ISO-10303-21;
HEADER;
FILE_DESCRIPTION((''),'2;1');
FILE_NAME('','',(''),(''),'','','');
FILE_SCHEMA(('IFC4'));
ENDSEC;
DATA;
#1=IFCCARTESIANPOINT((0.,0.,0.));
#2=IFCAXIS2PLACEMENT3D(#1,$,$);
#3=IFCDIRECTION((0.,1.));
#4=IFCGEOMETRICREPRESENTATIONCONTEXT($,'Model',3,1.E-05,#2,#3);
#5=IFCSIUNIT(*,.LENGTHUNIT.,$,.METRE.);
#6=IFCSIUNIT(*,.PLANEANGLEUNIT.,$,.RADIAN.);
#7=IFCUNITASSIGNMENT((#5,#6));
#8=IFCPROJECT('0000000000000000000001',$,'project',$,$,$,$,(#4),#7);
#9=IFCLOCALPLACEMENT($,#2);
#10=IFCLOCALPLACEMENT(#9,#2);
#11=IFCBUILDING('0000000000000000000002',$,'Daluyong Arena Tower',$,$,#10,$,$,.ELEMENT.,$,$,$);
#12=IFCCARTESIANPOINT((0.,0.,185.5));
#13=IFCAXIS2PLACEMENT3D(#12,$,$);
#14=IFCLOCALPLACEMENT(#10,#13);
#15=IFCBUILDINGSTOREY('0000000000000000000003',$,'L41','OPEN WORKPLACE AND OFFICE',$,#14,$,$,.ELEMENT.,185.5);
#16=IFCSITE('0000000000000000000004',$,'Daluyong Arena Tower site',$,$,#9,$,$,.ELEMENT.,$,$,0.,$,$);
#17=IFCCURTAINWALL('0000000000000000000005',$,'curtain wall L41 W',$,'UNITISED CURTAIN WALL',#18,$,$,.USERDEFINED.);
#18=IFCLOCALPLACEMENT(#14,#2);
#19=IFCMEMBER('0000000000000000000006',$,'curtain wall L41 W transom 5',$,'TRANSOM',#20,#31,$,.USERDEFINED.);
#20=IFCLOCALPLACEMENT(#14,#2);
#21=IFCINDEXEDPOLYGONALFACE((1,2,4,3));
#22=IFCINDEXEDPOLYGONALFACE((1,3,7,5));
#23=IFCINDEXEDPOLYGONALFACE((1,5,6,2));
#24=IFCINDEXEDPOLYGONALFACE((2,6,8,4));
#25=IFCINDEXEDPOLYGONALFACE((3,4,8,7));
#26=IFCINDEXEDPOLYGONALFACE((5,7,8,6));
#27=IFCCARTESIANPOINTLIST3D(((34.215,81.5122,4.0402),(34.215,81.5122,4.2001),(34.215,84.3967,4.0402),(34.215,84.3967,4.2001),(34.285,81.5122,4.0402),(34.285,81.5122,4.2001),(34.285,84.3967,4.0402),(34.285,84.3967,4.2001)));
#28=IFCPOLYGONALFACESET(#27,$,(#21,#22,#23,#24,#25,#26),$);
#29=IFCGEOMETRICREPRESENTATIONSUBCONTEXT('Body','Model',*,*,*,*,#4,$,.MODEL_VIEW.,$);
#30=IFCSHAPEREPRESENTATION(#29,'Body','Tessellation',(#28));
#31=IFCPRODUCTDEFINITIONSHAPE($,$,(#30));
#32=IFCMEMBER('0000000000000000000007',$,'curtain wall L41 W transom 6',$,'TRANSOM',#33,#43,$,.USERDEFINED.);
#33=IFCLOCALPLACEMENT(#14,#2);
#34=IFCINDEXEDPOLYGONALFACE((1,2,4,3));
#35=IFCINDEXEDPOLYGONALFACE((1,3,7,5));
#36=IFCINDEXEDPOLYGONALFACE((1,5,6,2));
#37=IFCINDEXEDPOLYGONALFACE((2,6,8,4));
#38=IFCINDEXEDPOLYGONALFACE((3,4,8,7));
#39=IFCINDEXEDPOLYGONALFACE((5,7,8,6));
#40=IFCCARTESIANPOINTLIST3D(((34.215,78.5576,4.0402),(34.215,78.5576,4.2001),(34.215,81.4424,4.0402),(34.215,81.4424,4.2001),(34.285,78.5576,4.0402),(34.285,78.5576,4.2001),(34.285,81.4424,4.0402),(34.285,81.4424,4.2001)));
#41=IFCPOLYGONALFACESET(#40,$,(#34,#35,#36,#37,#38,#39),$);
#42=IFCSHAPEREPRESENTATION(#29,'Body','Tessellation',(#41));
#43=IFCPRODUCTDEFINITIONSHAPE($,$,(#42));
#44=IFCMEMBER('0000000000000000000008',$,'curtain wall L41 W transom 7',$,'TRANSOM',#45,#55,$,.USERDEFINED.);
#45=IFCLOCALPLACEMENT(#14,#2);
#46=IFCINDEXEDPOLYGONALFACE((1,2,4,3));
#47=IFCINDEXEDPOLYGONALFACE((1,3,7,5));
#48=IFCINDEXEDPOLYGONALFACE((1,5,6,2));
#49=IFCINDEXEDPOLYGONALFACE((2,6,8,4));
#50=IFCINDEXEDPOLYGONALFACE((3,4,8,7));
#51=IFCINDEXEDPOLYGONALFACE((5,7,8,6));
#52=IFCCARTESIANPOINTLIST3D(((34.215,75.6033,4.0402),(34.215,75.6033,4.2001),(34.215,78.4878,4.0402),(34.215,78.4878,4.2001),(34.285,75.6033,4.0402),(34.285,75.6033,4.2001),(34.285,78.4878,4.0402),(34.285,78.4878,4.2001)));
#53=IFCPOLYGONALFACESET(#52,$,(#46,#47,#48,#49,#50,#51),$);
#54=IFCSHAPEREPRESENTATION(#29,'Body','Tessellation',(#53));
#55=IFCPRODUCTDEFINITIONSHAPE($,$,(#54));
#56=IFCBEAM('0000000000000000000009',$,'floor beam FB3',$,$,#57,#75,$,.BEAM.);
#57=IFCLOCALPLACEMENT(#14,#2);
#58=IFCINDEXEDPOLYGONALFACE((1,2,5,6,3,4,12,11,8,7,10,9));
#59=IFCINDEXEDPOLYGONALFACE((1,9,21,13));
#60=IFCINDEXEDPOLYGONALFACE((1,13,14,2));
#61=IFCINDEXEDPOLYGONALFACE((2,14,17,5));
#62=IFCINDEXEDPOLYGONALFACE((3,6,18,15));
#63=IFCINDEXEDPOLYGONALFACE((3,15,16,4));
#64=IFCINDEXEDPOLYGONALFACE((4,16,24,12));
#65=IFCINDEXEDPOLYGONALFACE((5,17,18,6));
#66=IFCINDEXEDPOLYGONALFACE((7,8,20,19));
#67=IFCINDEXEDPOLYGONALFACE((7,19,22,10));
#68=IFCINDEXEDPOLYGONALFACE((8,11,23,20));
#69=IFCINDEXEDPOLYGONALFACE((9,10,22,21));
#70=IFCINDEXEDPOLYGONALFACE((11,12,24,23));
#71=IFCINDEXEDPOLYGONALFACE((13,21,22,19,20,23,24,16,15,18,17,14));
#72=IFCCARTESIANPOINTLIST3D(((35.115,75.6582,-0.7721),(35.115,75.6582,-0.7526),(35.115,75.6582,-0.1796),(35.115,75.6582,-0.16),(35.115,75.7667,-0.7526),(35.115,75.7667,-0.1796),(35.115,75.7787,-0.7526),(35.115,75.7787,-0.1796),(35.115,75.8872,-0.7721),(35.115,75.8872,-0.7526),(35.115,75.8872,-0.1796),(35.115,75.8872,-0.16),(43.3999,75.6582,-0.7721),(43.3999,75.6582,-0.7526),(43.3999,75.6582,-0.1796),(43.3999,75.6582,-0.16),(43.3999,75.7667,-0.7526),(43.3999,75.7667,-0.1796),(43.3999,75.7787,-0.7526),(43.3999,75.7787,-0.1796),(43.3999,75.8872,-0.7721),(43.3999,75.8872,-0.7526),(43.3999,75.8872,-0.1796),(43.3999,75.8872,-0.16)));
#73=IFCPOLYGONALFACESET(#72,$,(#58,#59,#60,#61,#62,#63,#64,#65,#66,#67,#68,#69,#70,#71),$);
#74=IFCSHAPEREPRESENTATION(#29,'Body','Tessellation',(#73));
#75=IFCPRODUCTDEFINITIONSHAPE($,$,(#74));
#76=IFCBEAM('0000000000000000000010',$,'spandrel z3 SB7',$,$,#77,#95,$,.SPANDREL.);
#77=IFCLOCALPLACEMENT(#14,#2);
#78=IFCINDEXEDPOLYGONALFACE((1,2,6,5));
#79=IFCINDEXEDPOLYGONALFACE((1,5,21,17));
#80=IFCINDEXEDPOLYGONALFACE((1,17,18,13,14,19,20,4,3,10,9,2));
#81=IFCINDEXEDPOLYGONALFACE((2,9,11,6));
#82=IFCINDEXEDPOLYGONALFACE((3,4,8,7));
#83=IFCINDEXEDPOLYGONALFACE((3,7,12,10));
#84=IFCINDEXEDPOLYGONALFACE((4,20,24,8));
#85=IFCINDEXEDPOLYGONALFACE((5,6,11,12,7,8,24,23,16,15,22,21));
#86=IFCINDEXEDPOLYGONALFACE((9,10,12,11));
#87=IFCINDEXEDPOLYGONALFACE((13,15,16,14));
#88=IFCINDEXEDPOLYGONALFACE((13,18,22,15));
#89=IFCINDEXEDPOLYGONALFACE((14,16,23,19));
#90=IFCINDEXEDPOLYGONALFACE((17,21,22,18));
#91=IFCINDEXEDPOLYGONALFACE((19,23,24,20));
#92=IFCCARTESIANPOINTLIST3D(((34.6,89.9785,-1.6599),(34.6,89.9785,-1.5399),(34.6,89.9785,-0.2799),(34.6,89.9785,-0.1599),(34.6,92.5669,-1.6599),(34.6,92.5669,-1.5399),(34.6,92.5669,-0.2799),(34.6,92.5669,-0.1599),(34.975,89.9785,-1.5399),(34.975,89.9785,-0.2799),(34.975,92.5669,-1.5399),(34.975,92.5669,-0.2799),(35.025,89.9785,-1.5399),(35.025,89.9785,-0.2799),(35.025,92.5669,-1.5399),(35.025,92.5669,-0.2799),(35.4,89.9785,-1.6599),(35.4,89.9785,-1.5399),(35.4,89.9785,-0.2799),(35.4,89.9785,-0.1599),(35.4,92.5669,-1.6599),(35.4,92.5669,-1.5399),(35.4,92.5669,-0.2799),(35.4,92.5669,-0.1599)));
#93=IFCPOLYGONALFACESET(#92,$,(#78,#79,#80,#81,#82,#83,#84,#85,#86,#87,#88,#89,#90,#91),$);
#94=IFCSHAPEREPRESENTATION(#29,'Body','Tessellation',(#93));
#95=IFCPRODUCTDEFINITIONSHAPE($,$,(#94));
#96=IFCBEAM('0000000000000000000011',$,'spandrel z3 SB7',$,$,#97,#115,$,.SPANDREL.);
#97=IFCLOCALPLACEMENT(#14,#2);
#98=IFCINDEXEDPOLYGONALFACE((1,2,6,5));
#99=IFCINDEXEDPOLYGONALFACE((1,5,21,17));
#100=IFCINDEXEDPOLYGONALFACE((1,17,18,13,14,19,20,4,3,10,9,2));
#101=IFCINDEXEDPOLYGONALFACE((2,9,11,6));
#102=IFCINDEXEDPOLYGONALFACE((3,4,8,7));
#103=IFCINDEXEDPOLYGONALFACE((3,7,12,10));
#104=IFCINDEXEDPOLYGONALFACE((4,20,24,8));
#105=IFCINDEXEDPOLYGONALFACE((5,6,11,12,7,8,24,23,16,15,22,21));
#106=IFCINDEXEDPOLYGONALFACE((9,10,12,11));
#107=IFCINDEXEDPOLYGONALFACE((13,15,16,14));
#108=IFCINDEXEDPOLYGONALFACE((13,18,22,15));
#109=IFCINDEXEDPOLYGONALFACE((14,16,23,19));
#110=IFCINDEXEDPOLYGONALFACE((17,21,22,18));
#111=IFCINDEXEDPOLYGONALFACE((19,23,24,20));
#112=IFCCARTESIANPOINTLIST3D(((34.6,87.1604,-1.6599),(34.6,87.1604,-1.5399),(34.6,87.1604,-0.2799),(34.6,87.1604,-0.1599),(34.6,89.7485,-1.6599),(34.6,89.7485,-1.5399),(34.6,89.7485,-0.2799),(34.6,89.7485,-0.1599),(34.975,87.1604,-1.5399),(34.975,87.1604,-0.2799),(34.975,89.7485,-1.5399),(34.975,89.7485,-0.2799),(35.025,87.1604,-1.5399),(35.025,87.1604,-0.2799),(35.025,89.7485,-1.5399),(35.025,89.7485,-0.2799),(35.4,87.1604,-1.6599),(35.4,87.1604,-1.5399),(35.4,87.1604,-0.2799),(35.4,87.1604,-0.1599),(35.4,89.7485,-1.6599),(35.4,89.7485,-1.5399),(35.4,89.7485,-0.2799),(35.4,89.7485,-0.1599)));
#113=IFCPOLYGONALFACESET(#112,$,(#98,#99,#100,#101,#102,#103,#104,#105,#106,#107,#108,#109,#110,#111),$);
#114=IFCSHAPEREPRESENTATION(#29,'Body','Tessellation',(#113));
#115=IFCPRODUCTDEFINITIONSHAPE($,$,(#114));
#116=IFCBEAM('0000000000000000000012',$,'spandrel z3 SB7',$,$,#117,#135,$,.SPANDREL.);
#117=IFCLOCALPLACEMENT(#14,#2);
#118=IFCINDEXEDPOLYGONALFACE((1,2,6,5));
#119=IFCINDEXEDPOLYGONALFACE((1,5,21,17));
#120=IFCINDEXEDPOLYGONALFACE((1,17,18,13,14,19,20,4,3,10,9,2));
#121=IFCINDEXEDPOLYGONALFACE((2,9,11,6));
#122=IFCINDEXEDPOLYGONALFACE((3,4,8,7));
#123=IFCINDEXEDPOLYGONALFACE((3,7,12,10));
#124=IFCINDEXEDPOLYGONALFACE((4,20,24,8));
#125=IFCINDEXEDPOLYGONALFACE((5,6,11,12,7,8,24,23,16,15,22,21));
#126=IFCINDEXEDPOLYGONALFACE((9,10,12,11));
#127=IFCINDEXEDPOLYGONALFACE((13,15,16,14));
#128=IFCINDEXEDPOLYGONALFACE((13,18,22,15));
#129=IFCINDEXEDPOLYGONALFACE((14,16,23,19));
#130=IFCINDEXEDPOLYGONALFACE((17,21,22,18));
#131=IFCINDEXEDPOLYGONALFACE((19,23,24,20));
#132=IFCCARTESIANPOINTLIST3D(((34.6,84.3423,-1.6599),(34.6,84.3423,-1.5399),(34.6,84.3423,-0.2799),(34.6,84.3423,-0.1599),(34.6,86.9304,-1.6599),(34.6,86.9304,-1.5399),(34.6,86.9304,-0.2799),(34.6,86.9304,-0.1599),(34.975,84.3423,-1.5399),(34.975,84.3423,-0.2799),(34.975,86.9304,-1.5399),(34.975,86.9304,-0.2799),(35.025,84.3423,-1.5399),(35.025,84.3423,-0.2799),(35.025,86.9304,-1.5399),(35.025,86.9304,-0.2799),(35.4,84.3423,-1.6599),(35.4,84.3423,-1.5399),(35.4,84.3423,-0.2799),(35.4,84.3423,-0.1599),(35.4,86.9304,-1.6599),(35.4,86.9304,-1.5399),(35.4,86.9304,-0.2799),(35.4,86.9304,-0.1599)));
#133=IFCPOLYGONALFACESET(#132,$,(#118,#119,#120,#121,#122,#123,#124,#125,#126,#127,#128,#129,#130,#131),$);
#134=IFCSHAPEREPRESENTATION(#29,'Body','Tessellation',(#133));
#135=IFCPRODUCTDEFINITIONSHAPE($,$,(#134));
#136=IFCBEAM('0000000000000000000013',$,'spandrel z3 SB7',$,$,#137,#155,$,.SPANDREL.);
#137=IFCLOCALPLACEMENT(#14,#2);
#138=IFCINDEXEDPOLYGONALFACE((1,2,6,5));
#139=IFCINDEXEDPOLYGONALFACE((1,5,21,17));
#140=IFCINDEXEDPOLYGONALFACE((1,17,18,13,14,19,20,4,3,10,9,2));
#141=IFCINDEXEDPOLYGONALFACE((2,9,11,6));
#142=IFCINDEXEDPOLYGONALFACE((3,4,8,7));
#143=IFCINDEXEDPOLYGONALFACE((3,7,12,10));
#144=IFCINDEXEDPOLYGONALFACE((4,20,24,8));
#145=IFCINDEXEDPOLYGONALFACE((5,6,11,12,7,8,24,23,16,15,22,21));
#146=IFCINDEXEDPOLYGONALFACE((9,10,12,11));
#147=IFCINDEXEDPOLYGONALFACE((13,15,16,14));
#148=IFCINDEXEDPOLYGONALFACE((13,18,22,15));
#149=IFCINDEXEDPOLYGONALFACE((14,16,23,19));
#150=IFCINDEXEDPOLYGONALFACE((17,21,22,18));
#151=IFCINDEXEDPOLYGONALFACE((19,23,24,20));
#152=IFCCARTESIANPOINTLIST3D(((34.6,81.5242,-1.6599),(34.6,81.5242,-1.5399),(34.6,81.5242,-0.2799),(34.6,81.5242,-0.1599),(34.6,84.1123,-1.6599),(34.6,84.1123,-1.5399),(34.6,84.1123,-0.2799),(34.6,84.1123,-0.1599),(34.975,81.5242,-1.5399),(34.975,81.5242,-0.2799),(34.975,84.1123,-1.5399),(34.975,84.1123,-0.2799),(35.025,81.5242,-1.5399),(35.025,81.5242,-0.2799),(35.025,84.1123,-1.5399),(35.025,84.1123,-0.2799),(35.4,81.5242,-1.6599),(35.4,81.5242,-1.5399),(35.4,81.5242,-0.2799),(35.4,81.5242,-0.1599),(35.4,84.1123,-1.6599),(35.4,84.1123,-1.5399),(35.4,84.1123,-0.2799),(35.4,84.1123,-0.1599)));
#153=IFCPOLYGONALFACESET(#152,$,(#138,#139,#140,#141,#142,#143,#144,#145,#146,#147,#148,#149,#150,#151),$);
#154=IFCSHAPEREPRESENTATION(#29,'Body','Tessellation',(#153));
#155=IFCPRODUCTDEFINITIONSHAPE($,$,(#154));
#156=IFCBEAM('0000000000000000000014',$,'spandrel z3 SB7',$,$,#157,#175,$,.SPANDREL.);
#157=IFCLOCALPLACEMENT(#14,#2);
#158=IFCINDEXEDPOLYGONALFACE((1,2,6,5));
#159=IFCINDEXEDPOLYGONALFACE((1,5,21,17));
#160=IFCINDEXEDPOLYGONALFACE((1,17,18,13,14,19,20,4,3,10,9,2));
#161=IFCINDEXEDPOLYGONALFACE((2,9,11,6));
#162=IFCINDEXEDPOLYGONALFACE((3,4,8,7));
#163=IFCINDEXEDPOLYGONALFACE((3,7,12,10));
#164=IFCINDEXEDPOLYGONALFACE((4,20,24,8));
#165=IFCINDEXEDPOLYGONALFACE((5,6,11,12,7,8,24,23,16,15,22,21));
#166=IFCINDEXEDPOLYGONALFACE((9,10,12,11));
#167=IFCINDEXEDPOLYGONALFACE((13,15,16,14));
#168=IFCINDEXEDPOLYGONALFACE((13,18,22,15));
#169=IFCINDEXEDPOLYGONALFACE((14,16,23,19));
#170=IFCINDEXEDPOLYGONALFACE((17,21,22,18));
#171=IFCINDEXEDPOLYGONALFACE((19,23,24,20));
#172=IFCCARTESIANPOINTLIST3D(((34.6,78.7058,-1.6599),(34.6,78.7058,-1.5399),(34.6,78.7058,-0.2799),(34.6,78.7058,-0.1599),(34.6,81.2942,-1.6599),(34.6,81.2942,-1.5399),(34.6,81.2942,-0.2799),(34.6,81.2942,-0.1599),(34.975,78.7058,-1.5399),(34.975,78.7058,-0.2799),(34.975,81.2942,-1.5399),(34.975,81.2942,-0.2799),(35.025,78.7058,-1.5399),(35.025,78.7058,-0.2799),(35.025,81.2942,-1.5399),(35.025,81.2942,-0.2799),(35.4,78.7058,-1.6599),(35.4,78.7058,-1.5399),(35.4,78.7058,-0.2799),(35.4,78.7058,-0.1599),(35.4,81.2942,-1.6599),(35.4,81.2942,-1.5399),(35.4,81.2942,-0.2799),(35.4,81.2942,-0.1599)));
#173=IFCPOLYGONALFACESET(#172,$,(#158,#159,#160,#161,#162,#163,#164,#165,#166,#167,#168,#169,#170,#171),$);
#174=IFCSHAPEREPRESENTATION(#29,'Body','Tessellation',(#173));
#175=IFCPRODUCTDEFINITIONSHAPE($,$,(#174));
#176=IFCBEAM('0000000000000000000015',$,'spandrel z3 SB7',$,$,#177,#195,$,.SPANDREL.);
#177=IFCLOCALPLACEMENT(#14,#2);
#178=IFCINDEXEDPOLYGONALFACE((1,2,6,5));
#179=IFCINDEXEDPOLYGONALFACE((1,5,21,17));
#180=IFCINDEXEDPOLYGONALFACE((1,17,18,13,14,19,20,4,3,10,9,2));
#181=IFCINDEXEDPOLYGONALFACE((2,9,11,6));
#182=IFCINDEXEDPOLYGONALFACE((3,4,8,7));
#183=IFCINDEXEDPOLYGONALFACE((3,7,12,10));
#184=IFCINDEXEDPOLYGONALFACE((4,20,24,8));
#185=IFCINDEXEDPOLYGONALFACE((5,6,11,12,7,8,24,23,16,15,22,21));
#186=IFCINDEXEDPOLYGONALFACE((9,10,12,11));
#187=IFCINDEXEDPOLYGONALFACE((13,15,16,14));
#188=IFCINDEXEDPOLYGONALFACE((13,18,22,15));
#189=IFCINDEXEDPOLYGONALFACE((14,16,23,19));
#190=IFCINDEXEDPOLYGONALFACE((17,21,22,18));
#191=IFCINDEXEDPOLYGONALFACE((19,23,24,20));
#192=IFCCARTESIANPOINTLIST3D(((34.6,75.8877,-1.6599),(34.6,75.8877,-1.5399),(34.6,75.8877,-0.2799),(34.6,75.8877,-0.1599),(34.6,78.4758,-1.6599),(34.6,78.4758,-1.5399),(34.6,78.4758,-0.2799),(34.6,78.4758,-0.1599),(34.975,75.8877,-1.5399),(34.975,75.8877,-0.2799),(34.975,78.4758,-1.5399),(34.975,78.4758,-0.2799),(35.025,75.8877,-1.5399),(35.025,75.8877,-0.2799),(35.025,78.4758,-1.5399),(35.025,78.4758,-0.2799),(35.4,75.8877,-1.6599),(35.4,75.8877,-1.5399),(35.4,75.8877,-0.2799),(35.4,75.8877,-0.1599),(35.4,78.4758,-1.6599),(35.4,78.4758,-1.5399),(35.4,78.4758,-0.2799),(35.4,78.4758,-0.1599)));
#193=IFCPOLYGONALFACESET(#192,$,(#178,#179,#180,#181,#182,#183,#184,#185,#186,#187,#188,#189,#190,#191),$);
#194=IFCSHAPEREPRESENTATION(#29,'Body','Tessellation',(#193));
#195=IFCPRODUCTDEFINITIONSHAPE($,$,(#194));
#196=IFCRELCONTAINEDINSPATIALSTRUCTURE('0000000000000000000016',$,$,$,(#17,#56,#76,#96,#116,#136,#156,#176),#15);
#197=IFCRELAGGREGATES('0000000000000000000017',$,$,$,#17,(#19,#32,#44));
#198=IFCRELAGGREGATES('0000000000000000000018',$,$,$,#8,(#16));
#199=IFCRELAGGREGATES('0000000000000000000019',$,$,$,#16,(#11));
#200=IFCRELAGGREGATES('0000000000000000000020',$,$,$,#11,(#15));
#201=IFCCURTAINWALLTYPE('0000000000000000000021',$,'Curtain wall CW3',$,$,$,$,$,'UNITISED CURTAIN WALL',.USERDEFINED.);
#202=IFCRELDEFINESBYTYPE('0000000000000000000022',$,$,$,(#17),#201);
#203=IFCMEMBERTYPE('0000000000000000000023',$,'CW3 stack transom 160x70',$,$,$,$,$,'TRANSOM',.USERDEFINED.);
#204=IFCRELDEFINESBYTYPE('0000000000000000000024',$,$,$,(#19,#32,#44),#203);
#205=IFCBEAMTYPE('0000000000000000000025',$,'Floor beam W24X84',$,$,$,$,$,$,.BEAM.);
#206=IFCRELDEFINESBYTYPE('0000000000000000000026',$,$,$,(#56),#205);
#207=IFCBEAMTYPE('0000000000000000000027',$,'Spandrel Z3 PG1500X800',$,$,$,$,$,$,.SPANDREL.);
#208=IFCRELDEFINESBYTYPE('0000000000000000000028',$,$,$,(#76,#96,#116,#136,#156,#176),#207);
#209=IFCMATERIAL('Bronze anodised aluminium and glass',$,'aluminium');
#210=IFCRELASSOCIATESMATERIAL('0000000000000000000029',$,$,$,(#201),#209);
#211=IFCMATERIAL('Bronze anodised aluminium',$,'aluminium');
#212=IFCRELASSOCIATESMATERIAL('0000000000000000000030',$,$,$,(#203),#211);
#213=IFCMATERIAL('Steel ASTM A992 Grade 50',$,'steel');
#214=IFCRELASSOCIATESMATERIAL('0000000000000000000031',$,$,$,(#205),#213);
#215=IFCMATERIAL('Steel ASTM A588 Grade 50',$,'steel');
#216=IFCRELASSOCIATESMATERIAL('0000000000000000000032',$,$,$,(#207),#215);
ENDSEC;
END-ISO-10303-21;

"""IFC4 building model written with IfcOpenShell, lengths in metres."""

from ifc_helpers import new_model, si_unit, direction, frame, origin, origin_2d, place, context, subcontext, project, spatial, rectangle, i_section, extrude, material, material_profile, profile_set, type_object, element, aggregate, save


model = new_model("IFC4")

# Units and contexts
model_context = context("Model", 3, precision=1e-05, world=origin(), true_north=direction((0.0, 1.0)))
body_context = subcontext(model_context, "Body", "Model", "MODEL_VIEW")
ifc_project = project(units=[si_unit("LENGTHUNIT", "METRE"), si_unit("PLANEANGLEUNIT", "RADIAN")], contexts=[model_context])

# Site, building, storey
site_placement = place(None, origin())
site = spatial("IfcSite", under=ifc_project, at=site_placement, Name="Daluyong Arena Tower site", CompositionType="ELEMENT", RefElevation=0.0)
building_placement = place(site_placement, origin())
building = spatial("IfcBuilding", under=site, at=building_placement, Name="Daluyong Arena Tower", CompositionType="ELEMENT")
storey_placement = place(building_placement, frame((0.0, 0.0, 185.5)))
storey = spatial("IfcBuildingStorey", under=building, at=storey_placement, Name="L41", Description="OPEN WORKPLACE AND OFFICE", CompositionType="ELEMENT", Elevation=185.5)

# Curtain wall, members
ifc_material_1 = material(Name="Bronze anodised aluminium and glass", Category="aluminium")
curtain_wall_type = type_object("IfcCurtainWallType", Name="Curtain wall CW3", ElementType="UNITISED CURTAIN WALL", PredefinedType="USERDEFINED", material=ifc_material_1)
curtain_wall_placement = place(storey_placement, origin())
curtain_wall = element("IfcCurtainWall", 1, at=curtain_wall_placement, inside=storey, type_object=curtain_wall_type, Name="curtain wall L41 W", ObjectType="UNITISED CURTAIN WALL", PredefinedType="USERDEFINED")
ifc_material_2 = material(Name="Bronze anodised aluminium", Category="aluminium")
ifc_material_profile_1 = material_profile(ifc_material_2, rectangle(XDim=0.0701, YDim=0.1599, at=origin_2d()))
ifc_profile_set_1 = profile_set([ifc_material_profile_1], Name="Bronze anodised aluminium")
member_type_1 = type_object("IfcMemberType", Name="CW3 stack transom 160x70", ElementType="TRANSOM", PredefinedType="USERDEFINED", material=ifc_profile_set_1)
member_1_placement = place(storey_placement, frame((34.25, 84.3967, 4.1201), z_axis=(0.0, -1.0, 0.0), x_axis=(1.0, 0.0, 0.0)))
member_1 = element("IfcMember", 2, at=member_1_placement, type_object=member_type_1, Name="curtain wall L41 W transom 5", ObjectType="TRANSOM", PredefinedType="USERDEFINED", context=body_context, shape_type="SweptSolid", body=[
    extrude(rectangle(XDim=0.0701, YDim=0.1599, at=origin_2d()), origin(), (0.0, 0.0, 1.0), 2.8845),
])
member_2_placement = place(storey_placement, frame((34.25, 81.4424, 4.1201), z_axis=(0.0, -1.0, 0.0), x_axis=(1.0, 0.0, 0.0)))
member_2 = element("IfcMember", 3, at=member_2_placement, type_object=member_type_1, Name="curtain wall L41 W transom 6", ObjectType="TRANSOM", PredefinedType="USERDEFINED", context=body_context, shape_type="SweptSolid", body=[
    extrude(rectangle(XDim=0.0701, YDim=0.1599, at=origin_2d()), origin(), (0.0, 0.0, 1.0), 2.8848),
])
member_3_placement = place(storey_placement, frame((34.25, 78.4878, 4.1201), z_axis=(0.0, -1.0, 0.0), x_axis=(1.0, 0.0, 0.0)))
member_3 = element("IfcMember", 4, at=member_3_placement, type_object=member_type_1, Name="curtain wall L41 W transom 7", ObjectType="TRANSOM", PredefinedType="USERDEFINED", context=body_context, shape_type="SweptSolid", body=[
    extrude(rectangle(XDim=0.0701, YDim=0.1599, at=origin_2d()), origin(), (0.0, 0.0, 1.0), 2.8845),
])

# Beams
ifc_material_3 = material(Name="Steel ASTM A992 Grade 50", Category="steel")
ifc_material_profile_2 = material_profile(ifc_material_3, i_section(OverallWidth=0.229, OverallDepth=0.6121, WebThickness=0.012, FlangeThickness=0.0195, at=origin_2d()))
ifc_profile_set_2 = profile_set([ifc_material_profile_2], Name="Steel ASTM A992 Grade 50")
beam_type_1 = type_object("IfcBeamType", Name="Floor beam W24X84", PredefinedType="BEAM", material=ifc_profile_set_2)
beam_1_placement = place(storey_placement, frame((35.115, 75.7727, -0.4661), z_axis=(1.0, 0.0, 0.0), x_axis=(0.0, 1.0, 0.0)))
element("IfcBeam", 5, at=beam_1_placement, inside=storey, type_object=beam_type_1, Name="floor beam FB3", PredefinedType="BEAM", context=body_context, shape_type="SweptSolid", body=[
    extrude(i_section(OverallWidth=0.229, OverallDepth=0.6121, WebThickness=0.012, FlangeThickness=0.0195, at=origin_2d()), origin(), (0.0, 0.0, 1.0), 8.2849),
])
ifc_material_4 = material(Name="Steel ASTM A588 Grade 50", Category="steel")
ifc_material_profile_3 = material_profile(ifc_material_4, i_section(OverallWidth=0.8, OverallDepth=1.5, WebThickness=0.05, FlangeThickness=0.12, at=origin_2d()))
ifc_profile_set_3 = profile_set([ifc_material_profile_3], Name="Steel ASTM A588 Grade 50")
beam_type_2 = type_object("IfcBeamType", Name="Spandrel Z3 PG1500X800", PredefinedType="SPANDREL", material=ifc_profile_set_3)
beam_2_placement = place(storey_placement, frame((35.0, 92.5669, -0.9099), z_axis=(0.0, -1.0, 0.0), x_axis=(1.0, 0.0, 0.0)))
element("IfcBeam", 6, at=beam_2_placement, inside=storey, type_object=beam_type_2, Name="spandrel z3 SB7", PredefinedType="SPANDREL", context=body_context, shape_type="SweptSolid", body=[
    extrude(i_section(OverallWidth=0.8, OverallDepth=1.5, WebThickness=0.05, FlangeThickness=0.12, at=origin_2d()), origin(), (0.0, 0.0, 1.0), 2.5884),
])
for number, where, z_axis, x_axis, name in (
    (7, (35.0, 89.7485, -0.9099), (0.0, -1.0, 0.0), (1.0, 0.0, 0.0), "spandrel z3 SB7"),
    (8, (35.0, 86.9304, -0.9099), (0.0, -1.0, 0.0), (1.0, 0.0, 0.0), "spandrel z3 SB7"),
    (9, (35.0, 84.1123, -0.9099), (0.0, -1.0, 0.0), (1.0, 0.0, 0.0), "spandrel z3 SB7"),
):
    element("IfcBeam", number, at=place(storey_placement, frame(where, z_axis=z_axis, x_axis=x_axis)), inside=storey, type_object=beam_type_2, Name=name, PredefinedType="SPANDREL", context=body_context, shape_type="SweptSolid", body=[
        extrude(i_section(OverallWidth=0.8, OverallDepth=1.5, WebThickness=0.05, FlangeThickness=0.12, at=origin_2d()), origin(), (0.0, 0.0, 1.0), 2.5881),
    ])
beam_3_placement = place(storey_placement, frame((35.0, 81.2942, -0.9099), z_axis=(0.0, -1.0, 0.0), x_axis=(1.0, 0.0, 0.0)))
element("IfcBeam", 10, at=beam_3_placement, inside=storey, type_object=beam_type_2, Name="spandrel z3 SB7", PredefinedType="SPANDREL", context=body_context, shape_type="SweptSolid", body=[
    extrude(i_section(OverallWidth=0.8, OverallDepth=1.5, WebThickness=0.05, FlangeThickness=0.12, at=origin_2d()), origin(), (0.0, 0.0, 1.0), 2.5884),
])
beam_4_placement = place(storey_placement, frame((35.0, 78.4758, -0.9099), z_axis=(0.0, -1.0, 0.0), x_axis=(1.0, 0.0, 0.0)))
element("IfcBeam", 11, at=beam_4_placement, inside=storey, type_object=beam_type_2, Name="spandrel z3 SB7", PredefinedType="SPANDREL", context=body_context, shape_type="SweptSolid", body=[
    extrude(i_section(OverallWidth=0.8, OverallDepth=1.5, WebThickness=0.05, FlangeThickness=0.12, at=origin_2d()), origin(), (0.0, 0.0, 1.0), 2.5881),
])

aggregate(curtain_wall, [member_1, member_2, member_3])

save(model, "model.ifc")
